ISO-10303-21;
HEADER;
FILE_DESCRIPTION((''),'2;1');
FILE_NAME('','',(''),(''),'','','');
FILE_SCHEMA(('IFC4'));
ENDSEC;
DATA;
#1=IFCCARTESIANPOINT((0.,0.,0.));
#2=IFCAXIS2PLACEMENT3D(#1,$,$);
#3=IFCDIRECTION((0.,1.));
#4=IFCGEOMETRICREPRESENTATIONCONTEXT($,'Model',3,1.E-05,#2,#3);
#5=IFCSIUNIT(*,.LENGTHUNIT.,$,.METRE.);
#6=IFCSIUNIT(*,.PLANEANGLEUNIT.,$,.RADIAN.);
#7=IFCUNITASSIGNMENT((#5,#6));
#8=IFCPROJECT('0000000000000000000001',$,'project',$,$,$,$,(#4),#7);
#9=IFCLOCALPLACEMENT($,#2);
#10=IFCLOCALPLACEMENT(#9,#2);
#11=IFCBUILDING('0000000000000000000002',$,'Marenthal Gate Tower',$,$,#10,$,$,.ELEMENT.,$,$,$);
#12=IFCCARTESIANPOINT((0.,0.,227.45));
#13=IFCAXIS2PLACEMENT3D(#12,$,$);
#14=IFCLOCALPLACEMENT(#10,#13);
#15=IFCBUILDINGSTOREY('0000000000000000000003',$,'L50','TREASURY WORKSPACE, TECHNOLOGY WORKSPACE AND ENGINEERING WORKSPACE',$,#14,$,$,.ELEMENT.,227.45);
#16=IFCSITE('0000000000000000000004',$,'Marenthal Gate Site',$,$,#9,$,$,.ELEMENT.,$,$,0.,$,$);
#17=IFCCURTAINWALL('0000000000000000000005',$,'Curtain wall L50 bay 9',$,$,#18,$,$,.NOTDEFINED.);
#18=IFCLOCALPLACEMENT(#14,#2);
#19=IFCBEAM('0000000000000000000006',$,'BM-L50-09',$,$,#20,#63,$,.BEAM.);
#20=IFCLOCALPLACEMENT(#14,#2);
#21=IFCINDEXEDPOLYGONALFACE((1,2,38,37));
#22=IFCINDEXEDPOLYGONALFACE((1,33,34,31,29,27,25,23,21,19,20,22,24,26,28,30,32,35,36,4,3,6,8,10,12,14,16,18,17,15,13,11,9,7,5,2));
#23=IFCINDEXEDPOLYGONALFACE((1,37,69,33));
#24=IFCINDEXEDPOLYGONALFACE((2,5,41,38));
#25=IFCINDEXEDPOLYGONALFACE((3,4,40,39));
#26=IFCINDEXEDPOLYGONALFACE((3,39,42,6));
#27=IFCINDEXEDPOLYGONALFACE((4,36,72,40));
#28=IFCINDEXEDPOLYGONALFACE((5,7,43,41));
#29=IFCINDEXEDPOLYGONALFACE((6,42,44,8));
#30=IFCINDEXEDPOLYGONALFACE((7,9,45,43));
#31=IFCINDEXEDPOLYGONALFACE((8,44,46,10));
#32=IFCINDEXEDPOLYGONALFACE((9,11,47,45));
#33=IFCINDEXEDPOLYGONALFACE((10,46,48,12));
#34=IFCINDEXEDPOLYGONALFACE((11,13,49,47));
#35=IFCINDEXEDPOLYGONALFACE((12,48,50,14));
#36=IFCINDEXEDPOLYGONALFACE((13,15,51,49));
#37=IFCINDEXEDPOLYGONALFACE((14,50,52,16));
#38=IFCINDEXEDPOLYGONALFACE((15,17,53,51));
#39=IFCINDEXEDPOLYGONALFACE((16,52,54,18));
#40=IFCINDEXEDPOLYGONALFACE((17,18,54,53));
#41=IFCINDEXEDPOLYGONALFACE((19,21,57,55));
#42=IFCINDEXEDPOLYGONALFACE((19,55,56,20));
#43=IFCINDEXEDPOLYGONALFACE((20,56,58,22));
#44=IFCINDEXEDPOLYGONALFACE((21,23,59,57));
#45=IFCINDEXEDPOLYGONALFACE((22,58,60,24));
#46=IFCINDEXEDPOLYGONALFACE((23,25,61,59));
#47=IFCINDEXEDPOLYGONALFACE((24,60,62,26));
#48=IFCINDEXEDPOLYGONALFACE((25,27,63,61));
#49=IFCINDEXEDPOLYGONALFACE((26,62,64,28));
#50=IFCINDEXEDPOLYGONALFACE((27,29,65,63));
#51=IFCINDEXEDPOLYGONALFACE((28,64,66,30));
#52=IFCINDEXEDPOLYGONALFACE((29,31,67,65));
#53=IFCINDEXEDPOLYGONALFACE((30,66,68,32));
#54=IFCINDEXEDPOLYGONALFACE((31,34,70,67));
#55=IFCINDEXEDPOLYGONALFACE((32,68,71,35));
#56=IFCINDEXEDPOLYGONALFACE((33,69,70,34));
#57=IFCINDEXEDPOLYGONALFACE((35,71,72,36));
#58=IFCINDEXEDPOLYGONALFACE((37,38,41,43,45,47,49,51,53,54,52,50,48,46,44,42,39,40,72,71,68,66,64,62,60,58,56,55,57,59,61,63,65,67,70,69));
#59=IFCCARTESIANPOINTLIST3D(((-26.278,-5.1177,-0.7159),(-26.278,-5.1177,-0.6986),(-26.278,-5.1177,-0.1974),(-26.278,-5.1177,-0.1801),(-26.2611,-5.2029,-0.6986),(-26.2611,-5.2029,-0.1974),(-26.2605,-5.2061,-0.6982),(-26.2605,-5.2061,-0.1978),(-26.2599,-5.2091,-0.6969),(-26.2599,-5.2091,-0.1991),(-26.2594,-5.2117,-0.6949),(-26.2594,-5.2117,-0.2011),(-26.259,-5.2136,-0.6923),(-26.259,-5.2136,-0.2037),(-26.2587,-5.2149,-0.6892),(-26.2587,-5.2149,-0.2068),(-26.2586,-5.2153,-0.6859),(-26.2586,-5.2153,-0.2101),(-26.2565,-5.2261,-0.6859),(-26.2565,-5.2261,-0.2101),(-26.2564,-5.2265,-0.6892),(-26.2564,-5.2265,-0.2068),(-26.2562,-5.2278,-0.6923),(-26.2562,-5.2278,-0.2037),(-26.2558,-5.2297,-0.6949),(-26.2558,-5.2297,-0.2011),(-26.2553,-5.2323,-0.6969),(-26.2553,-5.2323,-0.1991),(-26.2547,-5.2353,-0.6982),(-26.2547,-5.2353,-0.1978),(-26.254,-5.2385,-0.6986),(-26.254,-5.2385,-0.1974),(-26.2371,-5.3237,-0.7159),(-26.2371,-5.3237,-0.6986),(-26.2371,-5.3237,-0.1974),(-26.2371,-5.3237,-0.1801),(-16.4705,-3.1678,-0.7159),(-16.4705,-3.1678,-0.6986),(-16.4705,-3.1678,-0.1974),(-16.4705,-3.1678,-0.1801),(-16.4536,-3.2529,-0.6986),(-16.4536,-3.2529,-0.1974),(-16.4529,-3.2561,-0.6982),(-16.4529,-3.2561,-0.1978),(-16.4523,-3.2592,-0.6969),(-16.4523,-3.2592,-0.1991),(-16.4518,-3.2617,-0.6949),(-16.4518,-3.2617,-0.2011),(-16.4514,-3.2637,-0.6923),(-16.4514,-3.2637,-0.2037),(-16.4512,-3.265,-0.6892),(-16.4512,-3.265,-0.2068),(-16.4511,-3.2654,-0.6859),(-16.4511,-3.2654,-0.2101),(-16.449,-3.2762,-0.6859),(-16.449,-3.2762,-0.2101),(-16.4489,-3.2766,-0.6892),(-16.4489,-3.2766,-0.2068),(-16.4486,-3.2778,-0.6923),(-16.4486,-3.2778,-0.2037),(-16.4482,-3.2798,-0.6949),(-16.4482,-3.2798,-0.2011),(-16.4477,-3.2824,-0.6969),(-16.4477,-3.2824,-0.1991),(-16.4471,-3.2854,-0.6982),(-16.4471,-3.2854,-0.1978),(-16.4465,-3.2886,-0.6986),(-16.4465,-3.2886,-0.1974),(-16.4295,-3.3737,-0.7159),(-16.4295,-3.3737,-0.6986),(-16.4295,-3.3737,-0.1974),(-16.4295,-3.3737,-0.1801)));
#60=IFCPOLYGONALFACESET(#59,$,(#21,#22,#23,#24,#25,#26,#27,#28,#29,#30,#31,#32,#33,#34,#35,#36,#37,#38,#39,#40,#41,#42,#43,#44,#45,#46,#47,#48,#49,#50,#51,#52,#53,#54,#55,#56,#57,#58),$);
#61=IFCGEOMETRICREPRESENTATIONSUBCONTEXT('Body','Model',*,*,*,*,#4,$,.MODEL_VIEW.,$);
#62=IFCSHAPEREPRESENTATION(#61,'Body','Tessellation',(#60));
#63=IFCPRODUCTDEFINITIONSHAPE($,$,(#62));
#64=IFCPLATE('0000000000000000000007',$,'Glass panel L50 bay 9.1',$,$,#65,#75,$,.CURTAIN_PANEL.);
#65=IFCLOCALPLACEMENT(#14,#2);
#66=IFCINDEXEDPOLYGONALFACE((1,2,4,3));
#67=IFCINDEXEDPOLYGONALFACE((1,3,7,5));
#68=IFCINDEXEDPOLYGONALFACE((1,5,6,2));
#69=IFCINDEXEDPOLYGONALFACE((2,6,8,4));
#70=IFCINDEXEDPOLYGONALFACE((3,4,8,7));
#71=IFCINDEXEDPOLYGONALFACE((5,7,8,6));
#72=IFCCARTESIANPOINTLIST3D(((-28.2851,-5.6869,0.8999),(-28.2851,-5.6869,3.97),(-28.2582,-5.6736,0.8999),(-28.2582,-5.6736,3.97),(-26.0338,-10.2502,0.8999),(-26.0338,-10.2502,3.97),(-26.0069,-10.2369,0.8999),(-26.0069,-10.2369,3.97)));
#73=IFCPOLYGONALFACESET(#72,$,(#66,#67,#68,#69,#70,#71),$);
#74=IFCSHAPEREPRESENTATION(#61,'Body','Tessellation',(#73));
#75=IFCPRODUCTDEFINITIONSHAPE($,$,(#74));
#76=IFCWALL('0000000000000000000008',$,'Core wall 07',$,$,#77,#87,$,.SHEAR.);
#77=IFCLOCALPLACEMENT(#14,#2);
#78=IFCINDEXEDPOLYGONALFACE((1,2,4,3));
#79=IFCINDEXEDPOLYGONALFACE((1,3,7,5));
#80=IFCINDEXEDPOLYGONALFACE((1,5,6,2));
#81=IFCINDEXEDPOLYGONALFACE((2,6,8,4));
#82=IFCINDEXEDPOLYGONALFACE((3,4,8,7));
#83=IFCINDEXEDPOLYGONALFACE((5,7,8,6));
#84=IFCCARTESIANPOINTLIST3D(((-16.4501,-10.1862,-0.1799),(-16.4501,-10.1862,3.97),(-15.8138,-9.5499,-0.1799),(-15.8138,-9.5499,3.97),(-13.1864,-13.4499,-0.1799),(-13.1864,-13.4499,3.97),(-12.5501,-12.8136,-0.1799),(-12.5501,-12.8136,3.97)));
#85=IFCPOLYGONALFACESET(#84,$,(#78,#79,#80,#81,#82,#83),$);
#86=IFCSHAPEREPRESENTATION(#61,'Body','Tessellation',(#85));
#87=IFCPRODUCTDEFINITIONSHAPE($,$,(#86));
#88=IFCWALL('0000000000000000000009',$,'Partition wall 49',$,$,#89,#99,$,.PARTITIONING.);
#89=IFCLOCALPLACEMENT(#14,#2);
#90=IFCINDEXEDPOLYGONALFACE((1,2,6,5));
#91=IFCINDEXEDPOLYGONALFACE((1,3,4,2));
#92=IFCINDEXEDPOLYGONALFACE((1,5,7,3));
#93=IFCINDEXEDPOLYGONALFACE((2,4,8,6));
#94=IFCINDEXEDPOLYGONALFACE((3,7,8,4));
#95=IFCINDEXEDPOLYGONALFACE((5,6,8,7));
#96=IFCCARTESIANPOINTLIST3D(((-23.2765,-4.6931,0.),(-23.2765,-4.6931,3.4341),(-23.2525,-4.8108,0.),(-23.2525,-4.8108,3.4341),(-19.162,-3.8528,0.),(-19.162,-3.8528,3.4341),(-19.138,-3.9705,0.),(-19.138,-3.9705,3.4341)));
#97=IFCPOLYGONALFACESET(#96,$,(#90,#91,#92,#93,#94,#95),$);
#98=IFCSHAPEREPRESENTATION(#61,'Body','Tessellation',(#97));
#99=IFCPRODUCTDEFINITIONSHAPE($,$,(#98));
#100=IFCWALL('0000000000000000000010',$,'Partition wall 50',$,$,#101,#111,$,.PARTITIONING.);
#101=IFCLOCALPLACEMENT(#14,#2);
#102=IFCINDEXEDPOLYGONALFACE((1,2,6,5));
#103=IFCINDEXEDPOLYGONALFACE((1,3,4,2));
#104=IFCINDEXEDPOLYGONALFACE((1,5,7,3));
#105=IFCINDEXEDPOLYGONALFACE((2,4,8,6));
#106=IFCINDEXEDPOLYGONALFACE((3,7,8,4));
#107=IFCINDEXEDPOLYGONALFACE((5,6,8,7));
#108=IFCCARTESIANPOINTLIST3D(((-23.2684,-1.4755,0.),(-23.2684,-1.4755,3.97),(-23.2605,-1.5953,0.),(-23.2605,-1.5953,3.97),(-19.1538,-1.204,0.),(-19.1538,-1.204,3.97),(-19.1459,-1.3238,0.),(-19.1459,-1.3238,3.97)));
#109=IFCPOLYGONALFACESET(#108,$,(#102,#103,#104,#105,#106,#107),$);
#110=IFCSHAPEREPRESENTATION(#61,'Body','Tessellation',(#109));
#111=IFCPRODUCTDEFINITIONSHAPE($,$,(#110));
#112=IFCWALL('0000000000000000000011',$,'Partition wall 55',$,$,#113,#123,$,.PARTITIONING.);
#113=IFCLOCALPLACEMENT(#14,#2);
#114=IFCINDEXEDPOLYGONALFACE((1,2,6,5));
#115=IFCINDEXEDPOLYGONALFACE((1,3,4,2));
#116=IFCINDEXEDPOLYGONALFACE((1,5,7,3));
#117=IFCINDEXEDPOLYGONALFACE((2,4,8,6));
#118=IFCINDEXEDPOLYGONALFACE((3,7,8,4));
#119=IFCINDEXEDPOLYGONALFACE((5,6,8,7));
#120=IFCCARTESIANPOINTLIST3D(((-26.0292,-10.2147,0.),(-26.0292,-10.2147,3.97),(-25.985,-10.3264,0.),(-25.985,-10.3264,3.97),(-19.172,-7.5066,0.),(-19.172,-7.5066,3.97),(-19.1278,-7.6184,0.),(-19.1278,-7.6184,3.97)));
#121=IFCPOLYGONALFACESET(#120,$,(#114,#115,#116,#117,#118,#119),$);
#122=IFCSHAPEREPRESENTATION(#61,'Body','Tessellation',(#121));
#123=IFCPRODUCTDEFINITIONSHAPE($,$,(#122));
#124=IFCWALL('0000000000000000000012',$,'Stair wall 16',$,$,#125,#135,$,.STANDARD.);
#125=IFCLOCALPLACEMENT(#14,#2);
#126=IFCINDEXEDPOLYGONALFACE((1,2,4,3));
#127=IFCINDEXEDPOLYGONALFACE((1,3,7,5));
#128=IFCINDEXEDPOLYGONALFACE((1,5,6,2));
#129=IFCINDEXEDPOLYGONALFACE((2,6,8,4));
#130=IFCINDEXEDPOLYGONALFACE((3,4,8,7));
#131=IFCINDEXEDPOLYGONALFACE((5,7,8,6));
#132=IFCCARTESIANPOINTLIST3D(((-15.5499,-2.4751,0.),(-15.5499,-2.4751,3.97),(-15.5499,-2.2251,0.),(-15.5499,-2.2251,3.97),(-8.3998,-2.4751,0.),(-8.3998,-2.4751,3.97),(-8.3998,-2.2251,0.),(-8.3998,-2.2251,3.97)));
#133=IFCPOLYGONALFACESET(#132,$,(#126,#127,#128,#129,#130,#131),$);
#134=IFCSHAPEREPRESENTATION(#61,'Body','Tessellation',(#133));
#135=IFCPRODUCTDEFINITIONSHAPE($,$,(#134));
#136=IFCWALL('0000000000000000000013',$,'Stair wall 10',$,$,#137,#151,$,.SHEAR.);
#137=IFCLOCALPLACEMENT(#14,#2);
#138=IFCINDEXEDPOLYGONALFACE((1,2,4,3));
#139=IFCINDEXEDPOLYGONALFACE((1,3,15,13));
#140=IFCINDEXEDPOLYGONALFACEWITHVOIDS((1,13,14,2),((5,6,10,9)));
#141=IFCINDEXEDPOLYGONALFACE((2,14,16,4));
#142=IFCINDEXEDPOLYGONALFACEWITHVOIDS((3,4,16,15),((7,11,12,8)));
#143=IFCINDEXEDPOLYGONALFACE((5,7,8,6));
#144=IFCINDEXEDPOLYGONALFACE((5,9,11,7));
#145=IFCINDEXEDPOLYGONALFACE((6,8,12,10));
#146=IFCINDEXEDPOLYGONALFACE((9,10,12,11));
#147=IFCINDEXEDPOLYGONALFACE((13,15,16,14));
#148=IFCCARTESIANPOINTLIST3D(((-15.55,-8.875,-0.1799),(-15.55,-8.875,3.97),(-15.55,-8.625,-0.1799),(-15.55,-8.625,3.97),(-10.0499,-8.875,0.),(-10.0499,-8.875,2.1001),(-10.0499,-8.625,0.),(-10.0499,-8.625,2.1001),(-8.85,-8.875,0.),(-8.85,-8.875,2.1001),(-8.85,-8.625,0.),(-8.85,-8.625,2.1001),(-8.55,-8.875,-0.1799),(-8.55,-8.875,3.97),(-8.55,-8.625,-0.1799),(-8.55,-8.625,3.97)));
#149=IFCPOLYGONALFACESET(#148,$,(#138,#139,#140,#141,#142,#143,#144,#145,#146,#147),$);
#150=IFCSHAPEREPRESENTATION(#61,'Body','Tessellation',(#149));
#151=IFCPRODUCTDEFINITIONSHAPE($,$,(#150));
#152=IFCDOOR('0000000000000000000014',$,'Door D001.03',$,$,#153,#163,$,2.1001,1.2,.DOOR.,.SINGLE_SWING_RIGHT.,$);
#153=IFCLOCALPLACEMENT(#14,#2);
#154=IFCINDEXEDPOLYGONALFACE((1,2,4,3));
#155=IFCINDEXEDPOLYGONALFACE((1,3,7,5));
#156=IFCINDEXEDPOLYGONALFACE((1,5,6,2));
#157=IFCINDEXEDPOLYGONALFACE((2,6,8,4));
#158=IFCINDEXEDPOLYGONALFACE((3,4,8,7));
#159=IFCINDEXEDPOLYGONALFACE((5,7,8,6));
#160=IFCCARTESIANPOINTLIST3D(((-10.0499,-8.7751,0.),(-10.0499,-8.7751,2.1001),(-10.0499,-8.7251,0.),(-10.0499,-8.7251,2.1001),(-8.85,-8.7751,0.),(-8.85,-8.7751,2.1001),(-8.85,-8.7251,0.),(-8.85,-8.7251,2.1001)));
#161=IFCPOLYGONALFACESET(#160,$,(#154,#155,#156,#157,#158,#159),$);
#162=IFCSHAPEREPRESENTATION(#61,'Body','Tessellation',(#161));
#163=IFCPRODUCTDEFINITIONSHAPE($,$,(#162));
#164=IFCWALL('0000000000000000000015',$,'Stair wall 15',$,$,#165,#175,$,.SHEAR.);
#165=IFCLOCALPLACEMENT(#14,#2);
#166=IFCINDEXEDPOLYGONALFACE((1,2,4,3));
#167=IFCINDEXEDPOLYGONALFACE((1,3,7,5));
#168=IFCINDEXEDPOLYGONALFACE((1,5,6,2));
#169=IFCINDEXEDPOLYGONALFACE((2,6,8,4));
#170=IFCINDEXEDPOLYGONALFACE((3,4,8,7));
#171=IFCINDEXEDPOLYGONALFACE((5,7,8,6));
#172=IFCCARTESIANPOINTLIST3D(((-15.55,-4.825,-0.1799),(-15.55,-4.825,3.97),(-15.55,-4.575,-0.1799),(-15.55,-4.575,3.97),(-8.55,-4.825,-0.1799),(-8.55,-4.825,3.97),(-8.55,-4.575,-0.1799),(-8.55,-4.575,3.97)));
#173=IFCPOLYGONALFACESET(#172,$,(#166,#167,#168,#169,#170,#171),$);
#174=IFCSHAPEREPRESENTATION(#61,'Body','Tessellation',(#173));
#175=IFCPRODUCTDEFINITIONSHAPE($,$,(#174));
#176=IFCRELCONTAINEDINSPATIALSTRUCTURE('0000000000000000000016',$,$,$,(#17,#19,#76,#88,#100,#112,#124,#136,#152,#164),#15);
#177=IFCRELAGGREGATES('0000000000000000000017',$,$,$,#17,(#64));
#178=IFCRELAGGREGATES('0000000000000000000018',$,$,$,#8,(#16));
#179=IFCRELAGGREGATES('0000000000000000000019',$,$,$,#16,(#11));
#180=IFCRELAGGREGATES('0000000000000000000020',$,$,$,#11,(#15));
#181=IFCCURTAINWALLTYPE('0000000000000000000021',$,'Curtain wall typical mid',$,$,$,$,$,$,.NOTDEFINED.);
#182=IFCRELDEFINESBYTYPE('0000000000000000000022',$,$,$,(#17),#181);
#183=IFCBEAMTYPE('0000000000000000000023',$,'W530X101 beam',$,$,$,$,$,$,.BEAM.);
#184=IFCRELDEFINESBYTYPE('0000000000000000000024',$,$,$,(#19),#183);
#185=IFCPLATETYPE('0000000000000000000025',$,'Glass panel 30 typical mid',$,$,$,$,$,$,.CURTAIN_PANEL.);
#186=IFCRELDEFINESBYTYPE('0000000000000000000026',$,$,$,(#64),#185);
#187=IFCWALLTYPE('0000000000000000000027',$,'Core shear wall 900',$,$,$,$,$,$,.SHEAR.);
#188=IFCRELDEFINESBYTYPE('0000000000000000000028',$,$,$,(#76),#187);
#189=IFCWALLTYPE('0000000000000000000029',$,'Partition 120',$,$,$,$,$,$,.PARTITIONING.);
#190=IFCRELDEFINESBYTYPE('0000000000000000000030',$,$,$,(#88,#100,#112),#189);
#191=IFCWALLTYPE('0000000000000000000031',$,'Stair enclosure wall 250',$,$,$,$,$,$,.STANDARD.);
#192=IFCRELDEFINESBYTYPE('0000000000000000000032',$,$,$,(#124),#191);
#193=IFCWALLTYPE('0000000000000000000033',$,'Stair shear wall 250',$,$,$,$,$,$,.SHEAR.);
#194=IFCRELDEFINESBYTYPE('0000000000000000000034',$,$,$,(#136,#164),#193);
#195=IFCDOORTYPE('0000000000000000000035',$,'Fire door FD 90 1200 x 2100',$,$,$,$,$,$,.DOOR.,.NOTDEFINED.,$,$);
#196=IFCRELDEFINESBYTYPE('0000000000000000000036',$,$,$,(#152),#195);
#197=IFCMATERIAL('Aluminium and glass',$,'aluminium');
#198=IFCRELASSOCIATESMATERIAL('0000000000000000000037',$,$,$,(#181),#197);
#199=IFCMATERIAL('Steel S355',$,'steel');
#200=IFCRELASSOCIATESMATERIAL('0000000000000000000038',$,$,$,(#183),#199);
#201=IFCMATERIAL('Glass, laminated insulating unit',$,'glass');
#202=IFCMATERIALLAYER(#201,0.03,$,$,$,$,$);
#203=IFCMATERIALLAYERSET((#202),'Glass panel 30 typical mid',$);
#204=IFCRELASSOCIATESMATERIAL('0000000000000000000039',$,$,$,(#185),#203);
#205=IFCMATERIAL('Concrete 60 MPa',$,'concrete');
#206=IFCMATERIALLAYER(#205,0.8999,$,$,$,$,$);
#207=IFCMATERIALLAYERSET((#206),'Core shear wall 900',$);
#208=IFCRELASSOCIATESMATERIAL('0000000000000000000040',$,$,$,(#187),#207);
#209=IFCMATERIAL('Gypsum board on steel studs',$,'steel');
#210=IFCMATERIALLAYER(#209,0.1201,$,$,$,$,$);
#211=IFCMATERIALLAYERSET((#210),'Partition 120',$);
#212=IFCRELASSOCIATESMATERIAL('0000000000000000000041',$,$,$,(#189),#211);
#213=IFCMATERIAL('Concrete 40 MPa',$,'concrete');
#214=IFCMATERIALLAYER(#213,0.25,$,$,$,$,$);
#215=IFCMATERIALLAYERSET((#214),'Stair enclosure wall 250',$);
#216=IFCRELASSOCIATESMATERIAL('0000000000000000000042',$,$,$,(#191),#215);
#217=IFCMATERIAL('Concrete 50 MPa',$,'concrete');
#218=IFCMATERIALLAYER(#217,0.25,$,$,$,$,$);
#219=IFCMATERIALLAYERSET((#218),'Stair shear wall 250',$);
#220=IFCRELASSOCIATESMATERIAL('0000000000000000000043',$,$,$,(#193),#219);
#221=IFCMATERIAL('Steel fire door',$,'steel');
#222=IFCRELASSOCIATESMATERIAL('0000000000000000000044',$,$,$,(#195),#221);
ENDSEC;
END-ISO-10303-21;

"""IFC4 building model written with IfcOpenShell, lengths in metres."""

from ifc_helpers import new_model, si_unit, direction, frame, frame_2d, origin, origin_2d, place, context, subcontext, project, spatial, rectangle, i_section, extrude, material, layer, layer_set, material_profile, profile_set, type_object, element, fill, aggregate, save


model = new_model("IFC4")

# Units and contexts
model_context = context("Model", 3, precision=1e-05, world=origin(), true_north=direction((0.0, 1.0)))
body_context = subcontext(model_context, "Body", "Model", "MODEL_VIEW")
ifc_project = project(units=[si_unit("LENGTHUNIT", "METRE"), si_unit("PLANEANGLEUNIT", "RADIAN")], contexts=[model_context])

# Site, building, storey
site_placement = place(None, origin())
site = spatial("IfcSite", under=ifc_project, at=site_placement, Name="Marenthal Gate Site", CompositionType="ELEMENT", RefElevation=0.0)
building_placement = place(site_placement, origin())
building = spatial("IfcBuilding", under=site, at=building_placement, Name="Marenthal Gate Tower", CompositionType="ELEMENT")
storey_placement = place(building_placement, frame((0.0, 0.0, 227.45)))
storey = spatial("IfcBuildingStorey", under=building, at=storey_placement, Name="L50", Description="TREASURY WORKSPACE, TECHNOLOGY WORKSPACE AND ENGINEERING WORKSPACE", CompositionType="ELEMENT", Elevation=227.45)

# Curtain wall
ifc_material_1 = material(Name="Aluminium and glass", Category="aluminium")
curtain_wall_type = type_object("IfcCurtainWallType", Name="Curtain wall typical mid", PredefinedType="NOTDEFINED", material=ifc_material_1)
curtain_wall_placement = place(storey_placement, origin())
curtain_wall = element("IfcCurtainWall", 1, at=curtain_wall_placement, inside=storey, type_object=curtain_wall_type, Name="Curtain wall L50 bay 9", PredefinedType="NOTDEFINED")

# Beam
ifc_material_2 = material(Name="Steel S355", Category="steel")
ifc_material_profile_1 = material_profile(ifc_material_2, i_section(OverallWidth=0.21, OverallDepth=0.5359, WebThickness=0.011, FlangeThickness=0.0173, FilletRadius=0.0127, at=origin_2d()), Name="W530X101")
ifc_profile_set_1 = profile_set([ifc_material_profile_1], Name="Steel S355")
beam_type_1 = type_object("IfcBeamType", Name="W530X101 beam", PredefinedType="BEAM", material=ifc_profile_set_1)
beam_1_placement = place(storey_placement, frame((-26.2576, -5.2207, -0.448), z_axis=(0.980803, 0.195003, 0.0), x_axis=(-0.195003, 0.980803, 0.0)))
element("IfcBeam", 2, at=beam_1_placement, inside=storey, type_object=beam_type_1, Name="BM-L50-09", PredefinedType="BEAM", context=body_context, shape_type="SweptSolid", body=[
    extrude(i_section(OverallWidth=0.21, OverallDepth=0.5359, WebThickness=0.011, FlangeThickness=0.0173, FilletRadius=0.0127, at=origin_2d()), origin(), (0.0, 0.0, 1.0), 9.9995),
])

# Plate
ifc_material_3 = material(Name="Glass, laminated insulating unit", Category="glass")
ifc_layer_1 = layer(ifc_material_3, 0.03)
ifc_layer_set_1 = layer_set([ifc_layer_1], Name="Glass panel 30 typical mid")
plate_type = type_object("IfcPlateType", Name="Glass panel 30 typical mid", PredefinedType="CURTAIN_PANEL", material=ifc_layer_set_1)
plate_placement = place(storey_placement, frame((-27.146, -7.9619, 0.8999), z_axis=(0.0, 0.0, 1.0), x_axis=(0.442441, -0.896798, 0.0)))
plate = element("IfcPlate", 3, at=plate_placement, type_object=plate_type, Name="Glass panel L50 bay 9.1", PredefinedType="CURTAIN_PANEL", context=body_context, shape_type="SweptSolid", body=[
    extrude(rectangle(XDim=5.0884, YDim=0.03, at=origin_2d()), origin(), (0.0, 0.0, 1.0), 3.0701),
])
aggregate(curtain_wall, [plate])

# Walls
ifc_material_4 = material(Name="Concrete 60 MPa", Category="concrete")
ifc_layer_2 = layer(ifc_material_4, 0.8999)
ifc_layer_set_2 = layer_set([ifc_layer_2], Name="Core shear wall 900")
wall_type_1 = type_object("IfcWallType", Name="Core shear wall 900", PredefinedType="SHEAR", material=ifc_layer_set_2)
wall_1_placement = place(storey_placement, frame((-16.1318, -9.8682, -0.1799), z_axis=(0.0, 0.0, 1.0), x_axis=(0.707107, -0.707107, 0.0)))
element("IfcWall", 4, at=wall_1_placement, inside=storey, type_object=wall_type_1, Name="Core wall 07", PredefinedType="SHEAR", context=body_context, shape_type="SweptSolid", body=[
    extrude(rectangle(XDim=4.6155, YDim=0.8999, at=frame_2d((2.3076, 0.0))), origin(), (0.0, 0.0, 1.0), 4.1499),
])
ifc_material_5 = material(Name="Gypsum board on steel studs", Category="steel")
ifc_layer_3 = layer(ifc_material_5, 0.1201)
ifc_layer_set_3 = layer_set([ifc_layer_3], Name="Partition 120")
wall_type_2 = type_object("IfcWallType", Name="Partition 120", PredefinedType="PARTITIONING", material=ifc_layer_set_3)
wall_2_placement = place(storey_placement, frame((-23.2644, -4.752, 0.0), z_axis=(0.0, 0.0, 1.0), x_axis=(0.979774, 0.200106, 0.0)))
element("IfcWall", 5, at=wall_2_placement, inside=storey, type_object=wall_type_2, Name="Partition wall 49", PredefinedType="PARTITIONING", context=body_context, shape_type="SweptSolid", body=[
    extrude(rectangle(XDim=4.1995, YDim=0.1201, at=frame_2d((2.0996, 0.0))), origin(), (0.0, 0.0, 1.0), 3.4341),
])
wall_3_placement = place(storey_placement, frame((-23.2644, -1.5354, 0.0), z_axis=(0.0, 0.0, 1.0), x_axis=(0.99783, 0.065839, 0.0)))
element("IfcWall", 6, at=wall_3_placement, inside=storey, type_object=wall_type_2, Name="Partition wall 50", PredefinedType="PARTITIONING", context=body_context, shape_type="SweptSolid", body=[
    extrude(rectangle(XDim=4.1235, YDim=0.1201, at=frame_2d((2.0618, 0.0))), origin(), (0.0, 0.0, 1.0), 3.97),
])
wall_4_placement = place(storey_placement, frame((-19.1499, -7.5625, 0.0), z_axis=(0.0, 0.0, 1.0), x_axis=(-0.930098, -0.367311, 0.0)))
element("IfcWall", 7, at=wall_4_placement, inside=storey, type_object=wall_type_2, Name="Partition wall 55", PredefinedType="PARTITIONING", context=body_context, shape_type="SweptSolid", body=[
    extrude(rectangle(XDim=7.3726, YDim=0.1201, at=frame_2d((3.6863, 0.0))), origin(), (0.0, 0.0, 1.0), 3.97),
])
ifc_material_6 = material(Name="Concrete 40 MPa", Category="concrete")
ifc_layer_4 = layer(ifc_material_6, 0.25)
ifc_layer_set_4 = layer_set([ifc_layer_4], Name="Stair enclosure wall 250")
wall_type_3 = type_object("IfcWallType", Name="Stair enclosure wall 250", PredefinedType="STANDARD", material=ifc_layer_set_4)
wall_5_placement = place(storey_placement, frame((-15.55, -2.3501, 0.0), z_axis=(0.0, 0.0, 1.0), x_axis=(1.0, 0.0, 0.0)))
element("IfcWall", 8, at=wall_5_placement, inside=storey, type_object=wall_type_3, Name="Stair wall 16", PredefinedType="STANDARD", context=body_context, shape_type="SweptSolid", body=[
    extrude(rectangle(XDim=7.1501, YDim=0.25, at=frame_2d((3.5752, 0.0))), origin(), (0.0, 0.0, 1.0), 3.97),
])

# Wall, opening, door
ifc_material_7 = material(Name="Concrete 50 MPa", Category="concrete")
ifc_layer_5 = layer(ifc_material_7, 0.25)
ifc_layer_set_5 = layer_set([ifc_layer_5], Name="Stair shear wall 250")
wall_type_4 = type_object("IfcWallType", Name="Stair shear wall 250", PredefinedType="SHEAR", material=ifc_layer_set_5)
wall_6_placement = place(storey_placement, frame((-15.55, -8.75, -0.1799), z_axis=(0.0, 0.0, 1.0), x_axis=(1.0, 0.0, 0.0)))
wall_6 = element("IfcWall", 9, at=wall_6_placement, inside=storey, type_object=wall_type_4, Name="Stair wall 10", PredefinedType="SHEAR", context=body_context, shape_type="SweptSolid", body=[
    extrude(rectangle(XDim=7.0, YDim=0.25, at=frame_2d((3.5, 0.0))), origin(), (0.0, 0.0, 1.0), 4.1499),
])
opening_placement = place(wall_6_placement, frame((5.5, 0.0, 0.1799)))
opening = element("IfcOpeningElement", 10, at=opening_placement, cuts=wall_6, PredefinedType="OPENING", context=body_context, shape_type="SweptSolid", body=[
    extrude(rectangle(XDim=1.2, YDim=2.1001, at=frame_2d((0.6001, 1.05))), frame((0.0, 0.135, 0.0), z_axis=(0.0, -1.0, 0.0), x_axis=(1.0, 0.0, 0.0)), (0.0, 0.0, 1.0), 0.27),
])
ifc_material_8 = material(Name="Steel fire door", Category="steel")
door_type = type_object("IfcDoorType", Name="Fire door FD 90 1200 x 2100", OperationType="NOTDEFINED", PredefinedType="DOOR", material=ifc_material_8)
door_placement = place(opening_placement, origin())
door = element("IfcDoor", 11, at=door_placement, inside=storey, type_object=door_type, Name="Door D001.03", OperationType="SINGLE_SWING_RIGHT", OverallHeight=2.1001, OverallWidth=1.2, PredefinedType="DOOR", context=body_context, shape_type="SweptSolid", body=[
    extrude(rectangle(XDim=1.2, YDim=2.1001, at=frame_2d((0.6001, 1.05))), frame((0.0, 0.0249, 0.0), z_axis=(0.0, -1.0, 0.0), x_axis=(1.0, 0.0, 0.0)), (0.0, 0.0, 1.0), 0.05),
])
fill(opening, door)

# Wall
wall_7_placement = place(storey_placement, frame((-15.55, -4.7, -0.1799), z_axis=(0.0, 0.0, 1.0), x_axis=(1.0, 0.0, 0.0)))
element("IfcWall", 12, at=wall_7_placement, inside=storey, type_object=wall_type_4, Name="Stair wall 15", PredefinedType="SHEAR", context=body_context, shape_type="SweptSolid", body=[
    extrude(rectangle(XDim=7.0, YDim=0.25, at=frame_2d((3.5, 0.0))), origin(), (0.0, 0.0, 1.0), 4.1499),
])

save(model, "model.ifc")
